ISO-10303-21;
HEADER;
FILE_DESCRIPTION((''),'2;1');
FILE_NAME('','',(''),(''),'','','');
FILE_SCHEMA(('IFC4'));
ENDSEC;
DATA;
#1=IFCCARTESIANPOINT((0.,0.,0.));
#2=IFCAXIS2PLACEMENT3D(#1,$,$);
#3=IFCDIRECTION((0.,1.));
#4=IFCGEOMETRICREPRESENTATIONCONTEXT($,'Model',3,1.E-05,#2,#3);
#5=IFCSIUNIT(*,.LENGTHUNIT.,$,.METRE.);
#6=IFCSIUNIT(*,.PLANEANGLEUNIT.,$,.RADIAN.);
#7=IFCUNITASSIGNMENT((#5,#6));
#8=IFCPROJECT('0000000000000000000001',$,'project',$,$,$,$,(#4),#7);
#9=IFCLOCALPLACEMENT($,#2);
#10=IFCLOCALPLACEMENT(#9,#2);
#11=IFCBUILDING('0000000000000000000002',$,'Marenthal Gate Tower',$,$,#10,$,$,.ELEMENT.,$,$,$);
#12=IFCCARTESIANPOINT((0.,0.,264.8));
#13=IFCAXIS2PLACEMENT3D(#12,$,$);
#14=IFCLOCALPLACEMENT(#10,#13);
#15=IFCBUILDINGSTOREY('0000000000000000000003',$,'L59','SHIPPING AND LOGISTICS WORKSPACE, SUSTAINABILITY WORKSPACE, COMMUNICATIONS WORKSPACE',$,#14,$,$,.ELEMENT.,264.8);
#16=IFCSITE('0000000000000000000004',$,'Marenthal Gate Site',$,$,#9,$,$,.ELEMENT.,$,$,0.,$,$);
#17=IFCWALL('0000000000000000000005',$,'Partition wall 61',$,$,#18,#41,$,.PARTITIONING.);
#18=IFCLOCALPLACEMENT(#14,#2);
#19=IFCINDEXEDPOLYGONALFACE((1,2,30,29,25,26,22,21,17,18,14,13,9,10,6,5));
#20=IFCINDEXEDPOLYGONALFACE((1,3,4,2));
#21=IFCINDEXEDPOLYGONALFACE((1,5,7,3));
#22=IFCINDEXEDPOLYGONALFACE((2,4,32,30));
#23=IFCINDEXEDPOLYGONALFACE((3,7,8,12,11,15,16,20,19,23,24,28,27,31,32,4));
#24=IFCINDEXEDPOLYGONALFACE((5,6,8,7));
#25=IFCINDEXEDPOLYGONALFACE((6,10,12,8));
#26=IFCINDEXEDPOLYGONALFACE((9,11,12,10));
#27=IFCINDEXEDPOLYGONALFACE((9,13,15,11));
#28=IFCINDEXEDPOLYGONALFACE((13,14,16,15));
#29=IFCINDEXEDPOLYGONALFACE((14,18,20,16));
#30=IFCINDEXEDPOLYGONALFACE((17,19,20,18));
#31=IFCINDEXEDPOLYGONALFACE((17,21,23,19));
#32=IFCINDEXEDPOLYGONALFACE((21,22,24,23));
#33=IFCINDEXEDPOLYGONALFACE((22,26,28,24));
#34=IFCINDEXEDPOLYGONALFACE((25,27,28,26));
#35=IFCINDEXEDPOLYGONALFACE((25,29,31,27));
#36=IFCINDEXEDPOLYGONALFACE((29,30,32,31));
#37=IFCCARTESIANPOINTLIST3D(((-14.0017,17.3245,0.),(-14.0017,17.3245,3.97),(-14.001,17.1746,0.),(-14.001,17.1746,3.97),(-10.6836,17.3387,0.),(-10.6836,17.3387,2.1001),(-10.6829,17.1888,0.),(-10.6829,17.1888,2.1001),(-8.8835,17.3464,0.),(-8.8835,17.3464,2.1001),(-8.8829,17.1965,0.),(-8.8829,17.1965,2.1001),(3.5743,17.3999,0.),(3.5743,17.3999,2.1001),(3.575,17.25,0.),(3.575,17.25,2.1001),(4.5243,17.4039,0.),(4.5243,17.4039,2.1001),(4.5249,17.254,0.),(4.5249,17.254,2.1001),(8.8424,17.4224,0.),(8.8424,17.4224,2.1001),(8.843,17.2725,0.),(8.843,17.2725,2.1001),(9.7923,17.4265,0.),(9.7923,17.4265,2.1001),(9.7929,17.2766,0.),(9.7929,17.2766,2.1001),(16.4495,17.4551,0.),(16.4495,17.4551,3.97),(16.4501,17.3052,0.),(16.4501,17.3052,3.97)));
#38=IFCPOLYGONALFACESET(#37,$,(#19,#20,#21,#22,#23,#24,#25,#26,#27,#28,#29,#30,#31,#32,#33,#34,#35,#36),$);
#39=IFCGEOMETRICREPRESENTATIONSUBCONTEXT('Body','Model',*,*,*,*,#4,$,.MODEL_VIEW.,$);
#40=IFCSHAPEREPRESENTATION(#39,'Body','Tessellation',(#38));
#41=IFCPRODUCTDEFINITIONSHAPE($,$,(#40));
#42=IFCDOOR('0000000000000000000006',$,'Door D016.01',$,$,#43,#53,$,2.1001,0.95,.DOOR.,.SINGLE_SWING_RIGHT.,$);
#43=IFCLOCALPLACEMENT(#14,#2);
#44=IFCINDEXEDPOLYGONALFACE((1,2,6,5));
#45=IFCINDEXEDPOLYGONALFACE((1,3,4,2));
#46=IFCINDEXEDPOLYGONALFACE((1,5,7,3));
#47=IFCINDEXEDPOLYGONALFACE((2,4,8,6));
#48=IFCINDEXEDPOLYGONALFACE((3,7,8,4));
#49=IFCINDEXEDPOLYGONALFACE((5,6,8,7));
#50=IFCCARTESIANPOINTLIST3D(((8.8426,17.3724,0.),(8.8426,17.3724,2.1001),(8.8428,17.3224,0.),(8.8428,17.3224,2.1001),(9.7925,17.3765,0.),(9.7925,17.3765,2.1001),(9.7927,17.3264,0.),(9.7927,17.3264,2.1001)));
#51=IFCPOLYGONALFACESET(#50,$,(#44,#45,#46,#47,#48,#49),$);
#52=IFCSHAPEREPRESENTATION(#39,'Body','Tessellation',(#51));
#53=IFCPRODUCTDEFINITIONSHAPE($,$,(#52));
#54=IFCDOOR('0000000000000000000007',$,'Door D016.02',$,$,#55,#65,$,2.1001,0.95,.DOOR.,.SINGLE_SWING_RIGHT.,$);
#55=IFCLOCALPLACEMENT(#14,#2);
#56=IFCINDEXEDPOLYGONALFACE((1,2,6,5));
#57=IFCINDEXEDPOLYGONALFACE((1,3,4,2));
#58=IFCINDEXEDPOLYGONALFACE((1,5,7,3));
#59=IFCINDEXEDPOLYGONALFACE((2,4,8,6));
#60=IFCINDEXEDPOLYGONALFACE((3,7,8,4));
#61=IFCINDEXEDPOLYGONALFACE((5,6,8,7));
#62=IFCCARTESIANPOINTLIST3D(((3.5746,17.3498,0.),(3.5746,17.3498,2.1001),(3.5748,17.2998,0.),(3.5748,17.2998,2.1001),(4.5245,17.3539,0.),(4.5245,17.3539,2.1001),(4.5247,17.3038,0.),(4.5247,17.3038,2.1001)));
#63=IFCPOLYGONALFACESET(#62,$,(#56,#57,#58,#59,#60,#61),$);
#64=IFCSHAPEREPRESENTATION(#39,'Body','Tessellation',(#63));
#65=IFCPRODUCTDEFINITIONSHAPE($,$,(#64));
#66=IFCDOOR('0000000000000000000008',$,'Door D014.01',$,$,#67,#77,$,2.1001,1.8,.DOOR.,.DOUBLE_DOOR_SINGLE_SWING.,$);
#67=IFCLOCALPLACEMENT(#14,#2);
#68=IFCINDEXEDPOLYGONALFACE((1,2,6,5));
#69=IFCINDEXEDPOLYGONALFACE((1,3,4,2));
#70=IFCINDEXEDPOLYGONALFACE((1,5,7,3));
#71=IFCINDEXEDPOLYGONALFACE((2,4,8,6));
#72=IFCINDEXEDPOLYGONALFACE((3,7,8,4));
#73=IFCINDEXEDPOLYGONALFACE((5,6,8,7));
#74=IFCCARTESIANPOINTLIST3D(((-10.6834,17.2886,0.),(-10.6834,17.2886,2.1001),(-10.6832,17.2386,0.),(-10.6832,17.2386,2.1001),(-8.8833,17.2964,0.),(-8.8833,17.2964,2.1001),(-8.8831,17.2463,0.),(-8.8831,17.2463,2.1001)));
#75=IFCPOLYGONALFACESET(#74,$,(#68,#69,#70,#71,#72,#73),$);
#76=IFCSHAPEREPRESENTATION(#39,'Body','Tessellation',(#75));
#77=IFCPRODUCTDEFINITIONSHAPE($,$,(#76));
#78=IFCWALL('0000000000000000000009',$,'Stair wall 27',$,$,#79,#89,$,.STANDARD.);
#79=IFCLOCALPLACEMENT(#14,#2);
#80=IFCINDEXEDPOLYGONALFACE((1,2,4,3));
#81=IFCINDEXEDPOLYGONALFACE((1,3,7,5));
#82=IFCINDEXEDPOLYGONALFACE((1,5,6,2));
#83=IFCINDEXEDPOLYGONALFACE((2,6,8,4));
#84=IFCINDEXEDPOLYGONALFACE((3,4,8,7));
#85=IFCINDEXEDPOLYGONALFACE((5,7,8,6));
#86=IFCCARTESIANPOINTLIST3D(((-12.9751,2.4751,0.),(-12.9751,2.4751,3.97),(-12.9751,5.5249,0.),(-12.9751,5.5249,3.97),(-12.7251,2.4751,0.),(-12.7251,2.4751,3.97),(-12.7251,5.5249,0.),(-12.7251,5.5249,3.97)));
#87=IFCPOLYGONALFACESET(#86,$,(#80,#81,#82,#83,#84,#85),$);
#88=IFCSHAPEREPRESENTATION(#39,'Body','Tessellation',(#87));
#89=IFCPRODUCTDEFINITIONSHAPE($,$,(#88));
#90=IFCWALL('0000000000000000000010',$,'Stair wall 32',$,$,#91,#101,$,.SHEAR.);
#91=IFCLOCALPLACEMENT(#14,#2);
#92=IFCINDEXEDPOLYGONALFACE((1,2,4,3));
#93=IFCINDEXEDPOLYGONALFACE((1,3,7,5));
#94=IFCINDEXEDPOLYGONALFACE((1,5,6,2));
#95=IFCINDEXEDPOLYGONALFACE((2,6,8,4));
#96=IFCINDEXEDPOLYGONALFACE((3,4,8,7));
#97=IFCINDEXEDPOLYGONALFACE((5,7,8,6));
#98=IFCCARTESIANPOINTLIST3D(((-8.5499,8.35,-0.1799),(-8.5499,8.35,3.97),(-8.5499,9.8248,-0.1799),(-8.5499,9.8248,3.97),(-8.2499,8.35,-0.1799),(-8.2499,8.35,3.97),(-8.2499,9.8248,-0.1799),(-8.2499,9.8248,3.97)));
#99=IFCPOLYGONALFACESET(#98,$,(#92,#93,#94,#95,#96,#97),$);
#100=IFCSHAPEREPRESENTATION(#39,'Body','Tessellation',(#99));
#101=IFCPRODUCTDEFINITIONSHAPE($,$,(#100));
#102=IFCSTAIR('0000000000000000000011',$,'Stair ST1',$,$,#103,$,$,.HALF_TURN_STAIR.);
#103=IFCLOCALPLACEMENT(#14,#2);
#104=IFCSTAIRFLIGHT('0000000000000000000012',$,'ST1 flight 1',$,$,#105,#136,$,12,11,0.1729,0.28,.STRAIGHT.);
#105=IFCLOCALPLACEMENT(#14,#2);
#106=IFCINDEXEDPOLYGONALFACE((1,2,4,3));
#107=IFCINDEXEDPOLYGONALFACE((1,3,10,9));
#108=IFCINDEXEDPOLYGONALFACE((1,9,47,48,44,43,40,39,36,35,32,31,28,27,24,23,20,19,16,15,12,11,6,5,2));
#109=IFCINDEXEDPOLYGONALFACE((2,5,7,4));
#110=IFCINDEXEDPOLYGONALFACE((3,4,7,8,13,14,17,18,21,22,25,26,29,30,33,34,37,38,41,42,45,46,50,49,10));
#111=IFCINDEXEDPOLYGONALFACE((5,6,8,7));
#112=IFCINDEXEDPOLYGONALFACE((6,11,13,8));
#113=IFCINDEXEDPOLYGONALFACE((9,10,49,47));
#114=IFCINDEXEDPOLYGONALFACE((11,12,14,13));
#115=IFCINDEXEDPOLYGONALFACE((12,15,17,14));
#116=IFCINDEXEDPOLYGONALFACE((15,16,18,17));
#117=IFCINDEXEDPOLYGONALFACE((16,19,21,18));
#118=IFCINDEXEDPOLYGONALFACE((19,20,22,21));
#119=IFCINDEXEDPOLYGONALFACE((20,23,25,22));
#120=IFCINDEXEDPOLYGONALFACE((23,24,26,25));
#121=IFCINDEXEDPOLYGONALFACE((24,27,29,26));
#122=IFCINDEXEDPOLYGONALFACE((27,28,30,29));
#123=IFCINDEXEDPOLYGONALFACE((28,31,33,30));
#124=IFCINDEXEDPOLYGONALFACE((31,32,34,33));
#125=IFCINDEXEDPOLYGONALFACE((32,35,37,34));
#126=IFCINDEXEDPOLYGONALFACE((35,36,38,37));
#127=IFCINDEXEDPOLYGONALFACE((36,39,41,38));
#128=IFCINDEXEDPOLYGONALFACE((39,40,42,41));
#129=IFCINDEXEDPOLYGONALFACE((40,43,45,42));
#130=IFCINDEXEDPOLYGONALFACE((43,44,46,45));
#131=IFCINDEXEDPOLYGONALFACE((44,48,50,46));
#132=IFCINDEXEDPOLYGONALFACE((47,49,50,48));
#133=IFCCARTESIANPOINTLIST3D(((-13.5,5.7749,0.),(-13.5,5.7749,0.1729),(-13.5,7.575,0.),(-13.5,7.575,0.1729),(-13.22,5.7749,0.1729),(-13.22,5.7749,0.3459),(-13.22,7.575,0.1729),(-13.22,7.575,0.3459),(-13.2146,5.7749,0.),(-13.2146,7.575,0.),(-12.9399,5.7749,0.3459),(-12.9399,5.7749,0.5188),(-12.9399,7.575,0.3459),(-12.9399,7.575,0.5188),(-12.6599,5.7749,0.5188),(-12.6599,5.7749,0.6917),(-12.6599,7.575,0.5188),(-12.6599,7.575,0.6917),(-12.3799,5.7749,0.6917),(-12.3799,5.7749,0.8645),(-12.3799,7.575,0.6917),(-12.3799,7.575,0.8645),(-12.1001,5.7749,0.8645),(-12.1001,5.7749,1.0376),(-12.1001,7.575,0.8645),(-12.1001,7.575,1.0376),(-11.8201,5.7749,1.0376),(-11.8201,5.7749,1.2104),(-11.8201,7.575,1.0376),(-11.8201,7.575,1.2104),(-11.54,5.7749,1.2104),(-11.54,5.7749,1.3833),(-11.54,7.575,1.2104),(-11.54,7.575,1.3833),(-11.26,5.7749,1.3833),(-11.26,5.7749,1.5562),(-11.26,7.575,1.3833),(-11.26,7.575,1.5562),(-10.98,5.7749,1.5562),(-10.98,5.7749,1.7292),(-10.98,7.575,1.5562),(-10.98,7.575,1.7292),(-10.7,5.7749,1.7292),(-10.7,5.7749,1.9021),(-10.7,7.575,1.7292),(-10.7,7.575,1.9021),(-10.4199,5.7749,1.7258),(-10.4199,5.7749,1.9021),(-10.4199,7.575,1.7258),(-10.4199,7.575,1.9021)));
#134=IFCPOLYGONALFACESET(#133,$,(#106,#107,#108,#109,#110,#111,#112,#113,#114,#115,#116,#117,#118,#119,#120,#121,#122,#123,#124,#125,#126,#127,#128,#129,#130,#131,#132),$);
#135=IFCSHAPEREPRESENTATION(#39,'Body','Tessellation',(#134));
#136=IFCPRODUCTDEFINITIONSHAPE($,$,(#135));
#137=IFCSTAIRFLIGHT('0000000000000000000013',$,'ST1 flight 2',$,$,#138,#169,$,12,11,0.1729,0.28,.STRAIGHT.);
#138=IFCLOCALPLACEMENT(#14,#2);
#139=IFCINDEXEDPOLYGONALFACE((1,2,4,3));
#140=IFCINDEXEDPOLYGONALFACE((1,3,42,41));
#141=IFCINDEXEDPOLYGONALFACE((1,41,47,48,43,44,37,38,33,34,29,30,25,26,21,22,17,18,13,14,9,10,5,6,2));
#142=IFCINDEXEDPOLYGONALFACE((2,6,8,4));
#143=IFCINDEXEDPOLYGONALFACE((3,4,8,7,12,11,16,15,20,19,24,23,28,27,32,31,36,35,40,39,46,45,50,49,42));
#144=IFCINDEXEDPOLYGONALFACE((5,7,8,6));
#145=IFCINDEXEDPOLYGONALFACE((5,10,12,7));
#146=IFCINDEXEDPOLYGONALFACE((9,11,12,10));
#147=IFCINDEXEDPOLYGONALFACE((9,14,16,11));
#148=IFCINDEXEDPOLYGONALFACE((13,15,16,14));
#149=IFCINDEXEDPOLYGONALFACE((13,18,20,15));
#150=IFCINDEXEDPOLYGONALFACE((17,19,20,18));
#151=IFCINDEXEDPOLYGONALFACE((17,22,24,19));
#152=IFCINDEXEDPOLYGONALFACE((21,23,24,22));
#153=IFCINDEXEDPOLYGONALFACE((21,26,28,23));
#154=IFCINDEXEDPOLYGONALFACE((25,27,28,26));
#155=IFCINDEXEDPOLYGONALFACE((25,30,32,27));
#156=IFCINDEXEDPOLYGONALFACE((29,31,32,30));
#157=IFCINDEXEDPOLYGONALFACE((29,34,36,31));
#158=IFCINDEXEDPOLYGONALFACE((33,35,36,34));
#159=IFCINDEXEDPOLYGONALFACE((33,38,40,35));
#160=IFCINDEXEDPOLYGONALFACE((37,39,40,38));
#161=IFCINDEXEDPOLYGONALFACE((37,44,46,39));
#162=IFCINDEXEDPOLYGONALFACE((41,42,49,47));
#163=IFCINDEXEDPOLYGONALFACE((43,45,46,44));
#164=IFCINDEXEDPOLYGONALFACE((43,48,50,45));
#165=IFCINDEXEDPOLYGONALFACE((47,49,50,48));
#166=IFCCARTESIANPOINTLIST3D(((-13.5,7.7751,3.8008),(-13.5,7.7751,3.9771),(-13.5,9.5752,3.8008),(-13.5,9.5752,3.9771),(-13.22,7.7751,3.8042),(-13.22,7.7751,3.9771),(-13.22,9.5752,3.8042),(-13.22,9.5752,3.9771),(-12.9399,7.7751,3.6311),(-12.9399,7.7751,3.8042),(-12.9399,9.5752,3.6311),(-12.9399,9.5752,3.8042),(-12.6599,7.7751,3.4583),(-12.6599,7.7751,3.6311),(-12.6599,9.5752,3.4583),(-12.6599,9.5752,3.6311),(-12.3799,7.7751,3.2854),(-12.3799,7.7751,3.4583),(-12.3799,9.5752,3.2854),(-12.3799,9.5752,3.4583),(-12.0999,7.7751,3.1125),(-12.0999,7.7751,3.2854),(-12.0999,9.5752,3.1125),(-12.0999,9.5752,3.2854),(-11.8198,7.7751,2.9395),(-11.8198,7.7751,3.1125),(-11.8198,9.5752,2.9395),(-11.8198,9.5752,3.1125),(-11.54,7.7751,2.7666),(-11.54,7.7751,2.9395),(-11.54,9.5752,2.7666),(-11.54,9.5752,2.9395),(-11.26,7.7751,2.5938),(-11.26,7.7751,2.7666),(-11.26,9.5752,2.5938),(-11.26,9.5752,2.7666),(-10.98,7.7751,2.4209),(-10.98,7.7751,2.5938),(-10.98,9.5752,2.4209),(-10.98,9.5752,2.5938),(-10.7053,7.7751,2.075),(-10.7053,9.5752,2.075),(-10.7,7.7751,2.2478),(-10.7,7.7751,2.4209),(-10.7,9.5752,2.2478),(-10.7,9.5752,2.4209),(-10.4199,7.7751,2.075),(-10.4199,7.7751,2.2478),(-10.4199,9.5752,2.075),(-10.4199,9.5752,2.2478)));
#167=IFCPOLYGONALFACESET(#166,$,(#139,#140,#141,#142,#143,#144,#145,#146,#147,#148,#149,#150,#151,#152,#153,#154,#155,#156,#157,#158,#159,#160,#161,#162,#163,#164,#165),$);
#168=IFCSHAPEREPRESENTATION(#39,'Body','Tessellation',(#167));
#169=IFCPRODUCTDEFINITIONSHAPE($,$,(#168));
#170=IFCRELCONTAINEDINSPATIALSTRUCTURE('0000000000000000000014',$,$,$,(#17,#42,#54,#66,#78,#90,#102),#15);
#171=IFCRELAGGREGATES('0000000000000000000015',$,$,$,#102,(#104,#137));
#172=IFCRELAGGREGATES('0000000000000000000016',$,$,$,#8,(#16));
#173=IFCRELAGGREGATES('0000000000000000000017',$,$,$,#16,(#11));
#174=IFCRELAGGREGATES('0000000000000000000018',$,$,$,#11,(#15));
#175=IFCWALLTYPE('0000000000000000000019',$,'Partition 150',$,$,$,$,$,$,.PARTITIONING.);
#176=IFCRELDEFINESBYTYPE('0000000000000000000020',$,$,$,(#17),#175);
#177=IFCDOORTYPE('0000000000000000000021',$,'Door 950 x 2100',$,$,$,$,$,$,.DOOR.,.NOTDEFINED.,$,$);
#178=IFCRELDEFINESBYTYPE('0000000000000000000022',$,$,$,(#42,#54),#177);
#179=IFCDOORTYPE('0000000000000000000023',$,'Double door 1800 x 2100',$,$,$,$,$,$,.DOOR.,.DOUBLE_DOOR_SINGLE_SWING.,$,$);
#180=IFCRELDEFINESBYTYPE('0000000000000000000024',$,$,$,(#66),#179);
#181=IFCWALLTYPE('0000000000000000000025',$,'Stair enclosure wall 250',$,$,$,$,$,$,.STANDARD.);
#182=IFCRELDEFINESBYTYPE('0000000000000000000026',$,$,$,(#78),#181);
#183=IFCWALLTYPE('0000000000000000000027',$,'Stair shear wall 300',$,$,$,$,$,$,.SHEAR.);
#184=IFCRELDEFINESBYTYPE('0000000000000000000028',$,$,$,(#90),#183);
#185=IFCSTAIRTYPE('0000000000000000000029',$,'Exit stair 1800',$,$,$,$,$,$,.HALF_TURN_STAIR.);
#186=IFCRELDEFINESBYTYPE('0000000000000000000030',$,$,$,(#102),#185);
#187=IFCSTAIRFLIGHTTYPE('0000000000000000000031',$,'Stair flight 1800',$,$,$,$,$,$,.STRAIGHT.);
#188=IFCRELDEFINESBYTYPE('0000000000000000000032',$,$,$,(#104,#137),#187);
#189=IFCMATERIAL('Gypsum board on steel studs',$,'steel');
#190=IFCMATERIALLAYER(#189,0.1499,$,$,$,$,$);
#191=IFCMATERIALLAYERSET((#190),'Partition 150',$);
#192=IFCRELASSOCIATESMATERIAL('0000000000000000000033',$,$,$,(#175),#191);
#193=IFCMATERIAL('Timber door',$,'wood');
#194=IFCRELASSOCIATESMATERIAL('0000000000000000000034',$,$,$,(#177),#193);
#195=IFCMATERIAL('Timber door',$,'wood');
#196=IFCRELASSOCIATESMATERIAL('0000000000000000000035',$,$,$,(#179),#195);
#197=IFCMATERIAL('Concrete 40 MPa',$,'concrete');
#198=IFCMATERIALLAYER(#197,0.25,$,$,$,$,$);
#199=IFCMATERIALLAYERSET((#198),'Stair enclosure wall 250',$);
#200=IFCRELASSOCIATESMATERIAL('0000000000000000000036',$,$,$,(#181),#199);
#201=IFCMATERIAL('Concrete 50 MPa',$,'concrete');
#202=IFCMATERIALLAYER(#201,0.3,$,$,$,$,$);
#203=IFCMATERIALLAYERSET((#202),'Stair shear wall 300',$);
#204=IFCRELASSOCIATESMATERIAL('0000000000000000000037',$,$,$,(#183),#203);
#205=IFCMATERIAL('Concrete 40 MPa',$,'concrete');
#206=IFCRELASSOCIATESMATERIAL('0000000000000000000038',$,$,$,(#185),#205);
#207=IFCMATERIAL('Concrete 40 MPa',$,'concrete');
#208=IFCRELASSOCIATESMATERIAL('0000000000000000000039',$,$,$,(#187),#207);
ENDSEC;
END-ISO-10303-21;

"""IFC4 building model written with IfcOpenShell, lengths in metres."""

from ifc_helpers import new_model, si_unit, direction, frame, frame_2d, origin, place, context, subcontext, project, spatial, polyline, rectangle, outline, extrude, material, layer, layer_set, type_object, element, fill, aggregate, save


model = new_model("IFC4")

# Units and contexts
model_context = context("Model", 3, precision=1e-05, world=origin(), true_north=direction((0.0, 1.0)))
body_context = subcontext(model_context, "Body", "Model", "MODEL_VIEW")
ifc_project = project(units=[si_unit("LENGTHUNIT", "METRE"), si_unit("PLANEANGLEUNIT", "RADIAN")], contexts=[model_context])

# Site, building, storey
site_placement = place(None, origin())
site = spatial("IfcSite", under=ifc_project, at=site_placement, Name="Marenthal Gate Site", CompositionType="ELEMENT", RefElevation=0.0)
building_placement = place(site_placement, origin())
building = spatial("IfcBuilding", under=site, at=building_placement, Name="Marenthal Gate Tower", CompositionType="ELEMENT")
storey_placement = place(building_placement, frame((0.0, 0.0, 264.8)))
storey = spatial("IfcBuildingStorey", under=building, at=storey_placement, Name="L59", Description="SHIPPING AND LOGISTICS WORKSPACE, SUSTAINABILITY WORKSPACE, COMMUNICATIONS WORKSPACE", CompositionType="ELEMENT", Elevation=264.8)

# Wall, openings, doors
ifc_material_1 = material(Name="Gypsum board on steel studs", Category="steel")
ifc_layer_1 = layer(ifc_material_1, 0.1499)
ifc_layer_set_1 = layer_set([ifc_layer_1], Name="Partition 150")
wall_type_1 = type_object("IfcWallType", Name="Partition 150", PredefinedType="PARTITIONING", material=ifc_layer_set_1)
wall_1_placement = place(storey_placement, frame((-14.0012, 17.2495, 0.0), z_axis=(0.0, 0.0, 1.0), x_axis=(0.999991, 0.004289, 0.0)))
wall_1 = element("IfcWall", 1, at=wall_1_placement, inside=storey, type_object=wall_type_1, Name="Partition wall 61", PredefinedType="PARTITIONING", context=body_context, shape_type="SweptSolid", body=[
    extrude(rectangle(XDim=30.4514, YDim=0.1499, at=frame_2d((15.2256, 0.0))), origin(), (0.0, 0.0, 1.0), 3.97),
])
opening_1_placement = place(wall_1_placement, frame((22.844, 0.0, 0.0)))
opening_1 = element("IfcOpeningElement", 2, at=opening_1_placement, cuts=wall_1, PredefinedType="OPENING", context=body_context, shape_type="SweptSolid", body=[
    extrude(rectangle(XDim=0.95, YDim=2.1001, at=frame_2d((0.4751, 1.05))), frame((0.0, 0.085, 0.0), z_axis=(0.0, -1.0, 0.0), x_axis=(1.0, 0.0, 0.0)), (0.0, 0.0, 1.0), 0.1699),
])
opening_2_placement = place(wall_1_placement, frame((17.5759, 0.0, 0.0)))
opening_2 = element("IfcOpeningElement", 3, at=opening_2_placement, cuts=wall_1, PredefinedType="OPENING", context=body_context, shape_type="SweptSolid", body=[
    extrude(rectangle(XDim=0.95, YDim=2.1001, at=frame_2d((0.4751, 1.05))), frame((0.0, 0.085, 0.0), z_axis=(0.0, -1.0, 0.0), x_axis=(1.0, 0.0, 0.0)), (0.0, 0.0, 1.0), 0.1699),
])
opening_3_placement = place(wall_1_placement, frame((3.3181, 0.0, 0.0)))
opening_3 = element("IfcOpeningElement", 4, at=opening_3_placement, cuts=wall_1, PredefinedType="OPENING", context=body_context, shape_type="SweptSolid", body=[
    extrude(rectangle(XDim=1.8, YDim=2.1001, at=frame_2d((0.8999, 1.05))), frame((0.0, 0.085, 0.0), z_axis=(0.0, -1.0, 0.0), x_axis=(1.0, 0.0, 0.0)), (0.0, 0.0, 1.0), 0.1699),
])
ifc_material_2 = material(Name="Timber door", Category="wood")
door_type_1 = type_object("IfcDoorType", Name="Door 950 x 2100", OperationType="NOTDEFINED", PredefinedType="DOOR", material=ifc_material_2)
door_1_placement = place(opening_1_placement, origin())
door_1 = element("IfcDoor", 5, at=door_1_placement, inside=storey, type_object=door_type_1, Name="Door D016.01", OperationType="SINGLE_SWING_RIGHT", OverallHeight=2.1001, OverallWidth=0.95, PredefinedType="DOOR", context=body_context, shape_type="SweptSolid", body=[
    extrude(rectangle(XDim=0.95, YDim=2.1001, at=frame_2d((0.4751, 1.05))), frame((0.0, 0.0249, 0.0), z_axis=(0.0, -1.0, 0.0), x_axis=(1.0, 0.0, 0.0)), (0.0, 0.0, 1.0), 0.05),
])
fill(opening_1, door_1)
door_2_placement = place(opening_2_placement, origin())
door_2 = element("IfcDoor", 6, at=door_2_placement, inside=storey, type_object=door_type_1, Name="Door D016.02", OperationType="SINGLE_SWING_RIGHT", OverallHeight=2.1001, OverallWidth=0.95, PredefinedType="DOOR", context=body_context, shape_type="SweptSolid", body=[
    extrude(rectangle(XDim=0.95, YDim=2.1001, at=frame_2d((0.4751, 1.05))), frame((0.0, 0.0249, 0.0), z_axis=(0.0, -1.0, 0.0), x_axis=(1.0, 0.0, 0.0)), (0.0, 0.0, 1.0), 0.05),
])
fill(opening_2, door_2)
ifc_material_3 = material(Name="Timber door", Category="wood")
door_type_2 = type_object("IfcDoorType", Name="Double door 1800 x 2100", OperationType="DOUBLE_DOOR_SINGLE_SWING", PredefinedType="DOOR", material=ifc_material_3)
door_3_placement = place(opening_3_placement, origin())
door_3 = element("IfcDoor", 7, at=door_3_placement, inside=storey, type_object=door_type_2, Name="Door D014.01", OperationType="DOUBLE_DOOR_SINGLE_SWING", OverallHeight=2.1001, OverallWidth=1.8, PredefinedType="DOOR", context=body_context, shape_type="SweptSolid", body=[
    extrude(rectangle(XDim=1.8, YDim=2.1001, at=frame_2d((0.8999, 1.05))), frame((0.0, 0.0249, 0.0), z_axis=(0.0, -1.0, 0.0), x_axis=(1.0, 0.0, 0.0)), (0.0, 0.0, 1.0), 0.05),
])
fill(opening_3, door_3)

# Walls
ifc_material_4 = material(Name="Concrete 40 MPa", Category="concrete")
ifc_layer_2 = layer(ifc_material_4, 0.25)
ifc_layer_set_2 = layer_set([ifc_layer_2], Name="Stair enclosure wall 250")
wall_type_2 = type_object("IfcWallType", Name="Stair enclosure wall 250", PredefinedType="STANDARD", material=ifc_layer_set_2)
wall_2_placement = place(storey_placement, frame((-12.8501, 2.4751, 0.0), z_axis=(0.0, 0.0, 1.0), x_axis=(0.0, 1.0, 0.0)))
element("IfcWall", 8, at=wall_2_placement, inside=storey, type_object=wall_type_2, Name="Stair wall 27", PredefinedType="STANDARD", context=body_context, shape_type="SweptSolid", body=[
    extrude(rectangle(XDim=3.0498, YDim=0.25, at=frame_2d((1.5249, 0.0))), origin(), (0.0, 0.0, 1.0), 3.97),
])
ifc_material_5 = material(Name="Concrete 50 MPa", Category="concrete")
ifc_layer_3 = layer(ifc_material_5, 0.3)
ifc_layer_set_3 = layer_set([ifc_layer_3], Name="Stair shear wall 300")
wall_type_3 = type_object("IfcWallType", Name="Stair shear wall 300", PredefinedType="SHEAR", material=ifc_layer_set_3)
wall_3_placement = place(storey_placement, frame((-8.3999, 8.3501, -0.1799), z_axis=(0.0, 0.0, 1.0), x_axis=(0.0, 1.0, 0.0)))
element("IfcWall", 9, at=wall_3_placement, inside=storey, type_object=wall_type_3, Name="Stair wall 32", PredefinedType="SHEAR", context=body_context, shape_type="SweptSolid", body=[
    extrude(rectangle(XDim=1.4749, YDim=0.3, at=frame_2d((0.7373, 0.0))), origin(), (0.0, 0.0, 1.0), 4.1499),
])

# Stair, stair flights
ifc_material_6 = material(Name="Concrete 40 MPa", Category="concrete")
stair_type = type_object("IfcStairType", Name="Exit stair 1800", PredefinedType="HALF_TURN_STAIR", material=ifc_material_6)
stair_placement = place(storey_placement, origin())
stair = element("IfcStair", 10, at=stair_placement, inside=storey, type_object=stair_type, Name="Stair ST1", PredefinedType="HALF_TURN_STAIR")
ifc_material_7 = material(Name="Concrete 40 MPa", Category="concrete")
stair_flight_type = type_object("IfcStairFlightType", Name="Stair flight 1800", PredefinedType="STRAIGHT", material=ifc_material_7)
stair_flight_1_placement = place(storey_placement, frame((-13.5, 6.675, 0.0), z_axis=(0.0, 0.0, 1.0), x_axis=(1.0, 0.0, 0.0)))
stair_flight_1 = element("IfcStairFlight", 11, at=stair_flight_1_placement, type_object=stair_flight_type, Name="ST1 flight 1", NumberOfRisers=12, NumberOfTreads=11, PredefinedType="STRAIGHT", RiserHeight=0.1729, TreadLength=0.28, context=body_context, shape_type="SweptSolid", body=[
    extrude(outline(polyline([(0.0, 0.0), (0.0, 0.1729), (0.28, 0.1729), (0.28, 0.3459), (0.5601, 0.3459), (0.5601, 0.5188), (0.8401, 0.5188), (0.8401, 0.6917), (1.1201, 0.6917), (1.1201, 0.8645), (1.3999, 0.8645), (1.3999, 1.0376), (1.6799, 1.0376), (1.6799, 1.2104), (1.96, 1.2104), (1.96, 1.3833), (2.24, 1.3833), (2.24, 1.5562), (2.52, 1.5562), (2.52, 1.7292), (2.8, 1.7292), (2.8, 1.9021), (3.0801, 1.9021), (3.0801, 2.075), (3.0801, 1.7258), (0.2854, 0.0), (0.0, 0.0)])), frame((0.0, 0.8999, 0.0), z_axis=(0.0, -1.0, 0.0), x_axis=(1.0, 0.0, 0.0)), (0.0, 0.0, 1.0), 1.8),
])
stair_flight_2_placement = place(storey_placement, frame((-10.4199, 8.675, 2.075), z_axis=(0.0, 0.0, 1.0), x_axis=(-1.0, 0.0, 0.0)))
stair_flight_2 = element("IfcStairFlight", 12, at=stair_flight_2_placement, type_object=stair_flight_type, Name="ST1 flight 2", NumberOfRisers=12, NumberOfTreads=11, PredefinedType="STRAIGHT", RiserHeight=0.1729, TreadLength=0.28, context=body_context, shape_type="SweptSolid", body=[
    extrude(outline(polyline([(0.0, 0.0), (0.0, 0.1729), (0.28, 0.1729), (0.28, 0.3459), (0.5601, 0.3459), (0.5601, 0.5188), (0.8401, 0.5188), (0.8401, 0.6917), (1.1201, 0.6917), (1.1201, 0.8645), (1.3999, 0.8645), (1.3999, 1.0376), (1.6799, 1.0376), (1.6799, 1.2104), (1.96, 1.2104), (1.96, 1.3833), (2.24, 1.3833), (2.24, 1.5562), (2.52, 1.5562), (2.52, 1.7292), (2.8, 1.7292), (2.8, 1.9021), (3.0801, 1.9021), (3.0801, 2.075), (3.0801, 1.7258), (0.2854, 0.0), (0.0, 0.0)])), frame((0.0, 0.8999, 0.0), z_axis=(0.0, -1.0, 0.0), x_axis=(1.0, 0.0, 0.0)), (0.0, 0.0, 1.0), 1.8),
])
aggregate(stair, [stair_flight_1, stair_flight_2])

save(model, "model.ifc")
